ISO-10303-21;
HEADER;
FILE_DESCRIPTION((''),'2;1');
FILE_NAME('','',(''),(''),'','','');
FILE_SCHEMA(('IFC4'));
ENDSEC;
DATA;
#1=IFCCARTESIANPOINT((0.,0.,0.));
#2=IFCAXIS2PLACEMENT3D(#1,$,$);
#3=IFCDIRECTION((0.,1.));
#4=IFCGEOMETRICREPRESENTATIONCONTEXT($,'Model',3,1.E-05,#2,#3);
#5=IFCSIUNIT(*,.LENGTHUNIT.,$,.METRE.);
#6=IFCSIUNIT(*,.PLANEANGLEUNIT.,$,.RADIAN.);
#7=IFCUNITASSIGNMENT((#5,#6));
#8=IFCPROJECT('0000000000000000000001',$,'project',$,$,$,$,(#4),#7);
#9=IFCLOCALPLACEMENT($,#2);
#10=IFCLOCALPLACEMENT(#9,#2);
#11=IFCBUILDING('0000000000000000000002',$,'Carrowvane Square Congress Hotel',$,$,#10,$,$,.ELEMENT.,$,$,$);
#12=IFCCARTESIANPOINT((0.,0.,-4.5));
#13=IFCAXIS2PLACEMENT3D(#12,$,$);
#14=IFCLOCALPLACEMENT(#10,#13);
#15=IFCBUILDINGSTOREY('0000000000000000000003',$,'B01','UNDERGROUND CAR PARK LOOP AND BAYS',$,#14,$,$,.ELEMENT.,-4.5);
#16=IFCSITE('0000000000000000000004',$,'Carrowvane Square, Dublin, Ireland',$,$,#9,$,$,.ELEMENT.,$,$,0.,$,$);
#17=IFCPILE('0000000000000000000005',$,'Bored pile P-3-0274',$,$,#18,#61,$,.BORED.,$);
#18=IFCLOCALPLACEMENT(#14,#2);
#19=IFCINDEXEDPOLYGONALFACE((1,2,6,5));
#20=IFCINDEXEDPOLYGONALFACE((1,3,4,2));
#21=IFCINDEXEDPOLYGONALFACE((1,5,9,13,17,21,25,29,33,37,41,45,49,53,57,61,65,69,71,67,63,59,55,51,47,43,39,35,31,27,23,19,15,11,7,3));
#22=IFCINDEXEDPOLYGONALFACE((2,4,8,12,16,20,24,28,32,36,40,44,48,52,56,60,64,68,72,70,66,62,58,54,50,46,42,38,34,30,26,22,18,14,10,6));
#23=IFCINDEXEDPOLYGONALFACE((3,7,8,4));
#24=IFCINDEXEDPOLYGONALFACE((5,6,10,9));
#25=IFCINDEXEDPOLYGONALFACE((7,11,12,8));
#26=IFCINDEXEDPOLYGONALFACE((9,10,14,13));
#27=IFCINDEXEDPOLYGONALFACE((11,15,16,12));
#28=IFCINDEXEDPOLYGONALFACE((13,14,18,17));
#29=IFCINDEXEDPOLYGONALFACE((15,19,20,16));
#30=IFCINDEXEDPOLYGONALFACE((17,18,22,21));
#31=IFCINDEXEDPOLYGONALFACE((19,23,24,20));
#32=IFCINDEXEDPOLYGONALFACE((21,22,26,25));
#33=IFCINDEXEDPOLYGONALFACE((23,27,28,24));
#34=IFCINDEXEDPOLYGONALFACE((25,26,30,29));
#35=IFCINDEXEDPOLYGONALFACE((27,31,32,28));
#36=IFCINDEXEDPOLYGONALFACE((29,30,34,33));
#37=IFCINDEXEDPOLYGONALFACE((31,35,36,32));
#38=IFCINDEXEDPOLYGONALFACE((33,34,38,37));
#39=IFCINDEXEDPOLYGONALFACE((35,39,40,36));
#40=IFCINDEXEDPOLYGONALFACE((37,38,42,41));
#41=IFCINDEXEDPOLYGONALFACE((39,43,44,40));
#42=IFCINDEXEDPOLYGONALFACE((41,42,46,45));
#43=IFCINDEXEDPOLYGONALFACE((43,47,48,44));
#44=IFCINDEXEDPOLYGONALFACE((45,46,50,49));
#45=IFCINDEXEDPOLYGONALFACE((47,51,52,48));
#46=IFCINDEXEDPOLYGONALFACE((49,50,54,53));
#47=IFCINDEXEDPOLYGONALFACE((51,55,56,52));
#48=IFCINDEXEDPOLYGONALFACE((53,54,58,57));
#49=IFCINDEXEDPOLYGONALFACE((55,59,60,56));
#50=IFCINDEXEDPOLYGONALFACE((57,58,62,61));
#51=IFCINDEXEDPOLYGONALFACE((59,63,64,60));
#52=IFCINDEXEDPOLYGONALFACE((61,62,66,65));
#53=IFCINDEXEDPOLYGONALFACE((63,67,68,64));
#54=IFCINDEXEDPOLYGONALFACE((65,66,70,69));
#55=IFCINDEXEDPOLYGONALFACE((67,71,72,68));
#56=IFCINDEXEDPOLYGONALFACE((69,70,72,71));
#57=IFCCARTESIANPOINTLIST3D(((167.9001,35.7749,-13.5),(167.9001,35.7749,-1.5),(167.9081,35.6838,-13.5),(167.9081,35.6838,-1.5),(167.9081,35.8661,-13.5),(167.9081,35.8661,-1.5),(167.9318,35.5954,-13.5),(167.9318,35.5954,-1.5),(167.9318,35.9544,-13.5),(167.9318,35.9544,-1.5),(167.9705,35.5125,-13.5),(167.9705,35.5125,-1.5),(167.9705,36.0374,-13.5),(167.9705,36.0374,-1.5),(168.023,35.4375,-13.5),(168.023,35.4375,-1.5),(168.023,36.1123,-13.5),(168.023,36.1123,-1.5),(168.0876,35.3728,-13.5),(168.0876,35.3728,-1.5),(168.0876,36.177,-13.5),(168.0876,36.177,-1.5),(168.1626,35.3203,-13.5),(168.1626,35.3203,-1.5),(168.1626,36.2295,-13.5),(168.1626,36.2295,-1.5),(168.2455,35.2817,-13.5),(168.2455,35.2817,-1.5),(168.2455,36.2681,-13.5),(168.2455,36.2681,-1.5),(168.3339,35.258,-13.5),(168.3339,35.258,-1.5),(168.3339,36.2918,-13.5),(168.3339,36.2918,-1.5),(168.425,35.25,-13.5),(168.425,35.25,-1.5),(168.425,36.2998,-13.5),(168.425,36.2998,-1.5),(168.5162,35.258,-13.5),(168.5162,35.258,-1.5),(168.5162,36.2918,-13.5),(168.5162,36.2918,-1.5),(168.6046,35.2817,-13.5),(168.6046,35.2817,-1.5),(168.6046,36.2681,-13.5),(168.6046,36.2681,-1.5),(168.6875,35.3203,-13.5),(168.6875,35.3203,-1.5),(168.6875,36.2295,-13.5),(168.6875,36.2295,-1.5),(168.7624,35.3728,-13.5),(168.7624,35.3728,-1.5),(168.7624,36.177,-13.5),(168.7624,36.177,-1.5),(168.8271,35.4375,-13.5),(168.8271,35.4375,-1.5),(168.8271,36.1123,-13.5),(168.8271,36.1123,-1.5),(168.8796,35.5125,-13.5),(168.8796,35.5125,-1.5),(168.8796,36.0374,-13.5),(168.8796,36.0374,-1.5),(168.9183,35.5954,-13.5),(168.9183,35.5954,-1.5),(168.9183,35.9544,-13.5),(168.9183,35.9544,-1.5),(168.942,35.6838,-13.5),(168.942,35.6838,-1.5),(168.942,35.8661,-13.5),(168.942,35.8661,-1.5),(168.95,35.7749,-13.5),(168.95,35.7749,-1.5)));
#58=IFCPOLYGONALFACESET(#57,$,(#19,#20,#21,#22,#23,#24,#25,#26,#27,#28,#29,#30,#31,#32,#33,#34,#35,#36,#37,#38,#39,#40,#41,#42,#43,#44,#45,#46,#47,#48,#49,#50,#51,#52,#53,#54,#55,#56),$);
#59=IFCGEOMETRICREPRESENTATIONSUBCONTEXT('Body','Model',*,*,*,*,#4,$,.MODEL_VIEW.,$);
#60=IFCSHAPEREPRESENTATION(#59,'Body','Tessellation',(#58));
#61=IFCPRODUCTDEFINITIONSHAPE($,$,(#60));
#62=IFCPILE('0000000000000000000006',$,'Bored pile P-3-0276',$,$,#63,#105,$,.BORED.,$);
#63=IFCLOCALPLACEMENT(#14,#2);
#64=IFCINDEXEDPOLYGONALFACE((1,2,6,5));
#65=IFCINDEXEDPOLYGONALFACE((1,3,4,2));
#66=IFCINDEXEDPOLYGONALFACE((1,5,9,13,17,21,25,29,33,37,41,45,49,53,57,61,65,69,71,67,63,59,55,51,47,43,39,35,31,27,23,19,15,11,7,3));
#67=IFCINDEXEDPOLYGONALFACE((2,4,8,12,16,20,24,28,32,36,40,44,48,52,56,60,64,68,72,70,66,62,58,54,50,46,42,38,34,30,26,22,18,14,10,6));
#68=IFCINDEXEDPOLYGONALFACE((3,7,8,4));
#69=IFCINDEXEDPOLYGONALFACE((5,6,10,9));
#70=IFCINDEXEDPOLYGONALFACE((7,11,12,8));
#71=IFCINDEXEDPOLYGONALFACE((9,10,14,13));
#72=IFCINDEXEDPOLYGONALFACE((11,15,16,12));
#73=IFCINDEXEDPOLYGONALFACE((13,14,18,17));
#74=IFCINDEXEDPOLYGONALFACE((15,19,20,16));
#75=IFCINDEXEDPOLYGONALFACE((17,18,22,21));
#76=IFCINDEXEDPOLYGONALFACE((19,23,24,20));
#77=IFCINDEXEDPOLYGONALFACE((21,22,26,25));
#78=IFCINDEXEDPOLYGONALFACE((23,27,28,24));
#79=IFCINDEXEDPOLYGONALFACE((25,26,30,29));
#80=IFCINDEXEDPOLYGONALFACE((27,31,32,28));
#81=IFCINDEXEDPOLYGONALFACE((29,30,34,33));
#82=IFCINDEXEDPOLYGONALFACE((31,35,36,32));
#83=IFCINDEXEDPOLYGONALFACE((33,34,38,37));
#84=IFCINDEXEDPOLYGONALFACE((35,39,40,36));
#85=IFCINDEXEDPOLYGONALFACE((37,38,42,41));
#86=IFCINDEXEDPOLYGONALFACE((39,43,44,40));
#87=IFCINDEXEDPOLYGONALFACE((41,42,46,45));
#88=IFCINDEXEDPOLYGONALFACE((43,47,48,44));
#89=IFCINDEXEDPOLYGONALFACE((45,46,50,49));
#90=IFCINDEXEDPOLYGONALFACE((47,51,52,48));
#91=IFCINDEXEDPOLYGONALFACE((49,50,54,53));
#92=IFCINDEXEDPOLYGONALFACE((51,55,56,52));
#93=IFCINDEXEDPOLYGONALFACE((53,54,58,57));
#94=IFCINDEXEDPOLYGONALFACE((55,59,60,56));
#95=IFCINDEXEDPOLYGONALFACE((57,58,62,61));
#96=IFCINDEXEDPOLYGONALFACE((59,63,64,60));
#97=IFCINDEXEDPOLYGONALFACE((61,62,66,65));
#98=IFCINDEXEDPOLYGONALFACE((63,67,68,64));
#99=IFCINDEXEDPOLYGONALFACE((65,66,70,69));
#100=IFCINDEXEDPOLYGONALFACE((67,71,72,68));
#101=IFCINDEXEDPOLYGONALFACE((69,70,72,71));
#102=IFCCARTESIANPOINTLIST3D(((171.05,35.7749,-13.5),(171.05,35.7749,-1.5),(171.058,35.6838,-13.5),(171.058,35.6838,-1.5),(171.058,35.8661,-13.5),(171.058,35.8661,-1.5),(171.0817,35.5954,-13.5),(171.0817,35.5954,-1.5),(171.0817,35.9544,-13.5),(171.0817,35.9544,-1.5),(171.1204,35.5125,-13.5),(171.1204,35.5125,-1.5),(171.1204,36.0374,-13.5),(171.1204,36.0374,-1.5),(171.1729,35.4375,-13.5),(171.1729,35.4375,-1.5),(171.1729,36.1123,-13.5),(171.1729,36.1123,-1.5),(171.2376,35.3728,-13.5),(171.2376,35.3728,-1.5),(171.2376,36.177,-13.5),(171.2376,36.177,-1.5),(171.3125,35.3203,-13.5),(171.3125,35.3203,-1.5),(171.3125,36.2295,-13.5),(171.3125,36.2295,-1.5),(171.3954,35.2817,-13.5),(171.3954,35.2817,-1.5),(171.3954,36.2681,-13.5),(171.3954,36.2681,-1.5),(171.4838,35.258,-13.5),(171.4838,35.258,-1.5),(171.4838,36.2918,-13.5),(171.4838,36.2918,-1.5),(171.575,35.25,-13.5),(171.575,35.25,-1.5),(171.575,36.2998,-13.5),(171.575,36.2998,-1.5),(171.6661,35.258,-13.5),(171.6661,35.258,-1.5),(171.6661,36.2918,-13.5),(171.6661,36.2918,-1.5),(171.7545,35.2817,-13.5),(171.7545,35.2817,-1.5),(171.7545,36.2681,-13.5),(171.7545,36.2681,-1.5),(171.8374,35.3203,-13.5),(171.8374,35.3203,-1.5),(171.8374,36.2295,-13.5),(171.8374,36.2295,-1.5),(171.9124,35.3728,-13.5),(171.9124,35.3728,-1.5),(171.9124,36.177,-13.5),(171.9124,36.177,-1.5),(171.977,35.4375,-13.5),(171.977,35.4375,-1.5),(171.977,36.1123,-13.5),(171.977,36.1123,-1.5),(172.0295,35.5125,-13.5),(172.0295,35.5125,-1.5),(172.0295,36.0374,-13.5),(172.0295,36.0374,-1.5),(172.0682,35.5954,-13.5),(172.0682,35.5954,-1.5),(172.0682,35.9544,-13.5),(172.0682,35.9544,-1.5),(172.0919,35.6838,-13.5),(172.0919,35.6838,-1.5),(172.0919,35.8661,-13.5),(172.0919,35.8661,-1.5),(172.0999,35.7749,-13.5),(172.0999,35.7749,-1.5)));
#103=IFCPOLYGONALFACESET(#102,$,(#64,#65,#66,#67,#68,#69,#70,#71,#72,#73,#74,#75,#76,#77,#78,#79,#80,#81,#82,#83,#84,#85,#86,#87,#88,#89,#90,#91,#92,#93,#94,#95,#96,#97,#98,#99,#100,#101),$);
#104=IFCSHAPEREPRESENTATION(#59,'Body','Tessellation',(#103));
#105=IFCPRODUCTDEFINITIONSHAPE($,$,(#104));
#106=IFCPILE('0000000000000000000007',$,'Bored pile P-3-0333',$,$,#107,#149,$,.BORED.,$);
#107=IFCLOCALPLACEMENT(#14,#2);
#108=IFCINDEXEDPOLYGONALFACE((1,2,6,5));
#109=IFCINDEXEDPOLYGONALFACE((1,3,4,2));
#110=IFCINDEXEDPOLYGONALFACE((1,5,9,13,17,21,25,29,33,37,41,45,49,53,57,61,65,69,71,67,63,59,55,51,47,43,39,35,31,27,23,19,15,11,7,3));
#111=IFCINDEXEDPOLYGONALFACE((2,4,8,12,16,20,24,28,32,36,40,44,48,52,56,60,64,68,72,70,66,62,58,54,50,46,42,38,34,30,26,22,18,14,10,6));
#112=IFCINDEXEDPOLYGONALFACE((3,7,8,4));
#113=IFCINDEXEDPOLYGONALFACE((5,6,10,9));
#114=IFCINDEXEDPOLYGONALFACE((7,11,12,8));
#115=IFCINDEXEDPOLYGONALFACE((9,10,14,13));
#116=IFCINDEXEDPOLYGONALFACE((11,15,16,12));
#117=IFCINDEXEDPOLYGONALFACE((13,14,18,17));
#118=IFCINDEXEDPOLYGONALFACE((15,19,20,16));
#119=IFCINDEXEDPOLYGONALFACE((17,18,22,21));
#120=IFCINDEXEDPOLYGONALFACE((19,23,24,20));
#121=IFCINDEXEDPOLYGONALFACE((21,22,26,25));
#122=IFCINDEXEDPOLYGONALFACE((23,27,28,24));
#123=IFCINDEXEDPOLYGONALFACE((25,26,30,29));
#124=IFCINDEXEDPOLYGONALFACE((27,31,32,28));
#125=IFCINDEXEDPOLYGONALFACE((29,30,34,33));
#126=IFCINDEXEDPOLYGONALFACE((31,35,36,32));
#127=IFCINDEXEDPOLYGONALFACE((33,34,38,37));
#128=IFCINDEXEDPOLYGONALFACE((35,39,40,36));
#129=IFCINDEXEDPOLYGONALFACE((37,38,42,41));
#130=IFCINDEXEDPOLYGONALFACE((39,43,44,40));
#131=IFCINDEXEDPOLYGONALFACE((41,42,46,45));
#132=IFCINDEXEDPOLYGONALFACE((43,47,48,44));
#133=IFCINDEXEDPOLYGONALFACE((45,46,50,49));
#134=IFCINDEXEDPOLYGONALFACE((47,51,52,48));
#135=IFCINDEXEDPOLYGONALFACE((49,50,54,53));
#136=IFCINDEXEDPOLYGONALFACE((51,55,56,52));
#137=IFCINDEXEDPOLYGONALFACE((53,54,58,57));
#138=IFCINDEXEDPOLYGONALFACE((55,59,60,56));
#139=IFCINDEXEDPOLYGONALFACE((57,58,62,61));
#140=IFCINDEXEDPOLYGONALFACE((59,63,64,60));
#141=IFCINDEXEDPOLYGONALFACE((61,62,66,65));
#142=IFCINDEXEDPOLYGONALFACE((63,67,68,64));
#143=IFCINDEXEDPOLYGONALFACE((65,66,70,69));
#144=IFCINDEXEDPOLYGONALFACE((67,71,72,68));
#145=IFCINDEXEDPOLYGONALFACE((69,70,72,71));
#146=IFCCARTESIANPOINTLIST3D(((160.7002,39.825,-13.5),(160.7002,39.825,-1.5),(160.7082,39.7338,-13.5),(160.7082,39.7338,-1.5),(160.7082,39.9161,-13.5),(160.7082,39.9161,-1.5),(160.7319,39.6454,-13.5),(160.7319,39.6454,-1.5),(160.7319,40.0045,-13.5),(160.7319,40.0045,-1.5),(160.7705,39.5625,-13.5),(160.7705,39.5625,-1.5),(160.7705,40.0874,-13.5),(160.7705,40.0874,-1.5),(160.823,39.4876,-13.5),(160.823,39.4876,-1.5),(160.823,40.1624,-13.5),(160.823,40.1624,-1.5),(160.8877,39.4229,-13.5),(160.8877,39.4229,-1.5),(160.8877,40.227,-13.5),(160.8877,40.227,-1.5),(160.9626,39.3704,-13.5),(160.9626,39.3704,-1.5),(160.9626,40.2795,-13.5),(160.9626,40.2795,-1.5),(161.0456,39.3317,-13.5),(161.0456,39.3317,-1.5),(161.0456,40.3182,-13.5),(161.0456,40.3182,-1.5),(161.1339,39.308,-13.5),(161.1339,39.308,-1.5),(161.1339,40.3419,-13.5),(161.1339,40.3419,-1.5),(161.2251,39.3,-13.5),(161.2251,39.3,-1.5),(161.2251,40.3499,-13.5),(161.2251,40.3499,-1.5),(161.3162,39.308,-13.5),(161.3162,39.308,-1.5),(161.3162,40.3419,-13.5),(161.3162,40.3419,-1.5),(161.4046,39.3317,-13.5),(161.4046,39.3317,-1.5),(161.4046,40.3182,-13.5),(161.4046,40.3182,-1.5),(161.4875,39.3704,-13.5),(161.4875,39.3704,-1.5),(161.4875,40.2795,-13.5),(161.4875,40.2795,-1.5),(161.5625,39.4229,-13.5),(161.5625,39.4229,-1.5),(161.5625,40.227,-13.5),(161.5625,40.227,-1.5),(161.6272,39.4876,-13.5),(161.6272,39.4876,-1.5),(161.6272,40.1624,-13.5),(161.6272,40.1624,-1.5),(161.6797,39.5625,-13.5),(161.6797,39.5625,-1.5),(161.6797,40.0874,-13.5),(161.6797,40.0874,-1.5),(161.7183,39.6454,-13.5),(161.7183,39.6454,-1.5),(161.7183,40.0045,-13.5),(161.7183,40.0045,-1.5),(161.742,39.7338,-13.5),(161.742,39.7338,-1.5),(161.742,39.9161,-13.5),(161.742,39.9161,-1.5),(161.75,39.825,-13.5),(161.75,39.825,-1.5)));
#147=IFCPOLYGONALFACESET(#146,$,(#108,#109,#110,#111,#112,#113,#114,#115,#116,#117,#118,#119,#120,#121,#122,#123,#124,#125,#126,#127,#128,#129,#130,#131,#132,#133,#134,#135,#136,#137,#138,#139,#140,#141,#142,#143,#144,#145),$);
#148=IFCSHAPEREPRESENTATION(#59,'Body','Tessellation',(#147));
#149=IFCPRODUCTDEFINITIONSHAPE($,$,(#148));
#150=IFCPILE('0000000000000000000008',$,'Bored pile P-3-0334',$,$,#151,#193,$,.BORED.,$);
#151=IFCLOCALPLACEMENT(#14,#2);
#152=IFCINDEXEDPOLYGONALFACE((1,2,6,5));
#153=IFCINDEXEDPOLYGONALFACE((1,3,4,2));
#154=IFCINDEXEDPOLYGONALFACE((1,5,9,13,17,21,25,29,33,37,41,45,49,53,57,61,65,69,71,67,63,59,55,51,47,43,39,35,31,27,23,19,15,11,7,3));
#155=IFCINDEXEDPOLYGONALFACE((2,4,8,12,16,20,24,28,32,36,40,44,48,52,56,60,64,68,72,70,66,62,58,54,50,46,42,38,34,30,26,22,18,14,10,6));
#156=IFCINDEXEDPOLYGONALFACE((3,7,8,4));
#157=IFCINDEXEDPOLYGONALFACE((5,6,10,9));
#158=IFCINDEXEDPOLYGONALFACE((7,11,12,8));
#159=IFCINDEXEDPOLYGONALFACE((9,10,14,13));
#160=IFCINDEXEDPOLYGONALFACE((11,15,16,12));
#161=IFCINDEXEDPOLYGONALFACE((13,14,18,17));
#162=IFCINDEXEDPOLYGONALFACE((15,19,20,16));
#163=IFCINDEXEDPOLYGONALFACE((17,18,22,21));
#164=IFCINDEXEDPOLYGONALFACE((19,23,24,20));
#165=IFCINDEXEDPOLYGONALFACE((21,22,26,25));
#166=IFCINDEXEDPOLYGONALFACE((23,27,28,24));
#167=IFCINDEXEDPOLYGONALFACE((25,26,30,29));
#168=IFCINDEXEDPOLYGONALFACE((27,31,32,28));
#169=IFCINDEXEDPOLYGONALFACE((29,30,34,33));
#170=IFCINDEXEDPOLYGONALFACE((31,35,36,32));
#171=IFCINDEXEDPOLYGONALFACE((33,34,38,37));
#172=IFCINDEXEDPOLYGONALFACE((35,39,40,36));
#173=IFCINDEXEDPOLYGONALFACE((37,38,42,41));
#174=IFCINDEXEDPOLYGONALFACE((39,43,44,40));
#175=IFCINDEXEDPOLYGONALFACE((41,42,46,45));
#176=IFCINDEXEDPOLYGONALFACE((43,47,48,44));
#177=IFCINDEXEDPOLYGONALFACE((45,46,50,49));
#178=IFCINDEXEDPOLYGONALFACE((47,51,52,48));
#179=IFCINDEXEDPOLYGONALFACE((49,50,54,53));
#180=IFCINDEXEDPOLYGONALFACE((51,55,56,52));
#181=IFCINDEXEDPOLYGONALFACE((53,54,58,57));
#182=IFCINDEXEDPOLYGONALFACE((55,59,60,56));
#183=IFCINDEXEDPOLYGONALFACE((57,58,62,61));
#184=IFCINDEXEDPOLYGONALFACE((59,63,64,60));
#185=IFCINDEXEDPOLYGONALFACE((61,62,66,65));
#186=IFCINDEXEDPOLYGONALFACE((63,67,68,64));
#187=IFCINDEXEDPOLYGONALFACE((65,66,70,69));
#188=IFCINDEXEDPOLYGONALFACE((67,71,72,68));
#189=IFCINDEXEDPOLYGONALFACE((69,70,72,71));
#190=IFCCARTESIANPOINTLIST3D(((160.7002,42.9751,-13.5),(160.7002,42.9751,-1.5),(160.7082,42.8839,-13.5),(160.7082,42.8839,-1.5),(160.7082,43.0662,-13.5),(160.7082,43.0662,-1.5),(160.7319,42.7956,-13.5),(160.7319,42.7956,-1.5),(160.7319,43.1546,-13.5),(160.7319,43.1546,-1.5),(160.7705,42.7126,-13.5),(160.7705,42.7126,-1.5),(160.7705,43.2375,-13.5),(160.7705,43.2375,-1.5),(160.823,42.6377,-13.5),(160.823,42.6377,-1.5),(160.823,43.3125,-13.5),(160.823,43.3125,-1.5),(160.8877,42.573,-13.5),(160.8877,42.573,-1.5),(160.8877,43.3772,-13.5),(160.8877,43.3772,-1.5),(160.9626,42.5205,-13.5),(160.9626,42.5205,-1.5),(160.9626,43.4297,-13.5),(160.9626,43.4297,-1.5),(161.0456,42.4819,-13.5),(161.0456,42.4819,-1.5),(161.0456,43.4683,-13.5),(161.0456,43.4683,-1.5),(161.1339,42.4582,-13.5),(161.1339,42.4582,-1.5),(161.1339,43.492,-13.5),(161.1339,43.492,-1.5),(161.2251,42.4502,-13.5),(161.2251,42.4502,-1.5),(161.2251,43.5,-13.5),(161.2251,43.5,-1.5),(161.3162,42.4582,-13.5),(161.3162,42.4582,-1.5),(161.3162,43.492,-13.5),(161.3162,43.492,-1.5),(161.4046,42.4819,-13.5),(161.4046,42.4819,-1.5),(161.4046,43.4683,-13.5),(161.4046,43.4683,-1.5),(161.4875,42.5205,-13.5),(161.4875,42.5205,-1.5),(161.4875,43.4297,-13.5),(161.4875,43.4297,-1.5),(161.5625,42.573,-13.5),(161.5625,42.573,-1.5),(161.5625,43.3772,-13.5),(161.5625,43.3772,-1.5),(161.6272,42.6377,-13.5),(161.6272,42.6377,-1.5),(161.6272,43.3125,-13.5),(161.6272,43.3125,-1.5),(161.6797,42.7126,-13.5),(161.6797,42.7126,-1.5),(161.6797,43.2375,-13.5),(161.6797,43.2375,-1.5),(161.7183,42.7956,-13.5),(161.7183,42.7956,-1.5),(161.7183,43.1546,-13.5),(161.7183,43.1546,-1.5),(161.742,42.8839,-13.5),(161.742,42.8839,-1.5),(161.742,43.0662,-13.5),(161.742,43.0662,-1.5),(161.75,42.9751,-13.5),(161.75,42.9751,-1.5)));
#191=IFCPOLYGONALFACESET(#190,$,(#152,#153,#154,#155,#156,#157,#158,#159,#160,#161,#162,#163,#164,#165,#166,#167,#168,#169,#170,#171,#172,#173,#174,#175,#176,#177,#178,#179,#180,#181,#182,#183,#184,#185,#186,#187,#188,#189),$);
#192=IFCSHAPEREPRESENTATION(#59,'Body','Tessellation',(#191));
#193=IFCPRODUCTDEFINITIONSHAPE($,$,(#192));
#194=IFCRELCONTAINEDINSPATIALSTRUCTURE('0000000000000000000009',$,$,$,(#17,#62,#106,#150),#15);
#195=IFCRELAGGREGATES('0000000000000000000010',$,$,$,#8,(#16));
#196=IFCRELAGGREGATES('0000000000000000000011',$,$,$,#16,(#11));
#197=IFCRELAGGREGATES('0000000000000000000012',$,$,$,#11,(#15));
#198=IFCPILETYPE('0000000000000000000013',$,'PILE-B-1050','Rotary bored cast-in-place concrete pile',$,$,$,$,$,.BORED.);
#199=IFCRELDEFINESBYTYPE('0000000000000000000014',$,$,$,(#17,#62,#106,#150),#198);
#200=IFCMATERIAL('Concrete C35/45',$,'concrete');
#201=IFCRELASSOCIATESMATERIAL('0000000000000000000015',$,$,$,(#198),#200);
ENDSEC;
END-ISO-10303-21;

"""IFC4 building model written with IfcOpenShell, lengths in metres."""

from ifc_helpers import new_model, si_unit, direction, frame, origin, origin_2d, place, context, subcontext, project, spatial, circle, extrude, material, material_profile, profile_set, type_object, element, save


model = new_model("IFC4")

# Units and contexts
model_context = context("Model", 3, precision=1e-05, world=origin(), true_north=direction((0.0, 1.0)))
body_context = subcontext(model_context, "Body", "Model", "MODEL_VIEW")
ifc_project = project(units=[si_unit("LENGTHUNIT", "METRE"), si_unit("PLANEANGLEUNIT", "RADIAN")], contexts=[model_context])

# Site, building, storey
site_placement = place(None, origin())
site = spatial("IfcSite", under=ifc_project, at=site_placement, Name="Carrowvane Square, Dublin, Ireland", CompositionType="ELEMENT", RefElevation=0.0)
building_placement = place(site_placement, origin())
building = spatial("IfcBuilding", under=site, at=building_placement, Name="Carrowvane Square Congress Hotel", CompositionType="ELEMENT")
storey_placement = place(building_placement, frame((0.0, 0.0, -4.5)))
storey = spatial("IfcBuildingStorey", under=building, at=storey_placement, Name="B01", Description="UNDERGROUND CAR PARK LOOP AND BAYS", CompositionType="ELEMENT", Elevation=-4.5)

# Piles
ifc_material_1 = material(Name="Concrete C35/45", Category="concrete")
ifc_material_profile_1 = material_profile(ifc_material_1, circle(Radius=0.5249, at=origin_2d()), Name="PILE D1050")
ifc_profile_set_1 = profile_set([ifc_material_profile_1], Name="Concrete C35/45")
pile_type = type_object("IfcPileType", Name="PILE-B-1050", Description="Rotary bored cast-in-place concrete pile", PredefinedType="BORED", material=ifc_profile_set_1)
for number, where, z_axis, x_axis, name in (
    (1, (168.425, 35.7749, -1.5), (0.0, 0.0, -1.0), (1.0, 0.0, 0.0), "Bored pile P-3-0274"),
    (2, (171.575, 35.7749, -1.5), (0.0, 0.0, -1.0), (1.0, 0.0, 0.0), "Bored pile P-3-0276"),
    (3, (161.2251, 39.825, -1.5), (0.0, 0.0, -1.0), (1.0, 0.0, 0.0), "Bored pile P-3-0333"),
    (4, (161.2251, 42.9751, -1.5), (0.0, 0.0, -1.0), (1.0, 0.0, 0.0), "Bored pile P-3-0334"),
):
    element("IfcPile", number, at=place(storey_placement, frame(where, z_axis=z_axis, x_axis=x_axis)), inside=storey, type_object=pile_type, Name=name, PredefinedType="BORED", context=body_context, shape_type="SweptSolid", body=[
        extrude(circle(Radius=0.5249, at=origin_2d()), origin(), (0.0, 0.0, 1.0), 12.0),
    ])

save(model, "model.ifc")
